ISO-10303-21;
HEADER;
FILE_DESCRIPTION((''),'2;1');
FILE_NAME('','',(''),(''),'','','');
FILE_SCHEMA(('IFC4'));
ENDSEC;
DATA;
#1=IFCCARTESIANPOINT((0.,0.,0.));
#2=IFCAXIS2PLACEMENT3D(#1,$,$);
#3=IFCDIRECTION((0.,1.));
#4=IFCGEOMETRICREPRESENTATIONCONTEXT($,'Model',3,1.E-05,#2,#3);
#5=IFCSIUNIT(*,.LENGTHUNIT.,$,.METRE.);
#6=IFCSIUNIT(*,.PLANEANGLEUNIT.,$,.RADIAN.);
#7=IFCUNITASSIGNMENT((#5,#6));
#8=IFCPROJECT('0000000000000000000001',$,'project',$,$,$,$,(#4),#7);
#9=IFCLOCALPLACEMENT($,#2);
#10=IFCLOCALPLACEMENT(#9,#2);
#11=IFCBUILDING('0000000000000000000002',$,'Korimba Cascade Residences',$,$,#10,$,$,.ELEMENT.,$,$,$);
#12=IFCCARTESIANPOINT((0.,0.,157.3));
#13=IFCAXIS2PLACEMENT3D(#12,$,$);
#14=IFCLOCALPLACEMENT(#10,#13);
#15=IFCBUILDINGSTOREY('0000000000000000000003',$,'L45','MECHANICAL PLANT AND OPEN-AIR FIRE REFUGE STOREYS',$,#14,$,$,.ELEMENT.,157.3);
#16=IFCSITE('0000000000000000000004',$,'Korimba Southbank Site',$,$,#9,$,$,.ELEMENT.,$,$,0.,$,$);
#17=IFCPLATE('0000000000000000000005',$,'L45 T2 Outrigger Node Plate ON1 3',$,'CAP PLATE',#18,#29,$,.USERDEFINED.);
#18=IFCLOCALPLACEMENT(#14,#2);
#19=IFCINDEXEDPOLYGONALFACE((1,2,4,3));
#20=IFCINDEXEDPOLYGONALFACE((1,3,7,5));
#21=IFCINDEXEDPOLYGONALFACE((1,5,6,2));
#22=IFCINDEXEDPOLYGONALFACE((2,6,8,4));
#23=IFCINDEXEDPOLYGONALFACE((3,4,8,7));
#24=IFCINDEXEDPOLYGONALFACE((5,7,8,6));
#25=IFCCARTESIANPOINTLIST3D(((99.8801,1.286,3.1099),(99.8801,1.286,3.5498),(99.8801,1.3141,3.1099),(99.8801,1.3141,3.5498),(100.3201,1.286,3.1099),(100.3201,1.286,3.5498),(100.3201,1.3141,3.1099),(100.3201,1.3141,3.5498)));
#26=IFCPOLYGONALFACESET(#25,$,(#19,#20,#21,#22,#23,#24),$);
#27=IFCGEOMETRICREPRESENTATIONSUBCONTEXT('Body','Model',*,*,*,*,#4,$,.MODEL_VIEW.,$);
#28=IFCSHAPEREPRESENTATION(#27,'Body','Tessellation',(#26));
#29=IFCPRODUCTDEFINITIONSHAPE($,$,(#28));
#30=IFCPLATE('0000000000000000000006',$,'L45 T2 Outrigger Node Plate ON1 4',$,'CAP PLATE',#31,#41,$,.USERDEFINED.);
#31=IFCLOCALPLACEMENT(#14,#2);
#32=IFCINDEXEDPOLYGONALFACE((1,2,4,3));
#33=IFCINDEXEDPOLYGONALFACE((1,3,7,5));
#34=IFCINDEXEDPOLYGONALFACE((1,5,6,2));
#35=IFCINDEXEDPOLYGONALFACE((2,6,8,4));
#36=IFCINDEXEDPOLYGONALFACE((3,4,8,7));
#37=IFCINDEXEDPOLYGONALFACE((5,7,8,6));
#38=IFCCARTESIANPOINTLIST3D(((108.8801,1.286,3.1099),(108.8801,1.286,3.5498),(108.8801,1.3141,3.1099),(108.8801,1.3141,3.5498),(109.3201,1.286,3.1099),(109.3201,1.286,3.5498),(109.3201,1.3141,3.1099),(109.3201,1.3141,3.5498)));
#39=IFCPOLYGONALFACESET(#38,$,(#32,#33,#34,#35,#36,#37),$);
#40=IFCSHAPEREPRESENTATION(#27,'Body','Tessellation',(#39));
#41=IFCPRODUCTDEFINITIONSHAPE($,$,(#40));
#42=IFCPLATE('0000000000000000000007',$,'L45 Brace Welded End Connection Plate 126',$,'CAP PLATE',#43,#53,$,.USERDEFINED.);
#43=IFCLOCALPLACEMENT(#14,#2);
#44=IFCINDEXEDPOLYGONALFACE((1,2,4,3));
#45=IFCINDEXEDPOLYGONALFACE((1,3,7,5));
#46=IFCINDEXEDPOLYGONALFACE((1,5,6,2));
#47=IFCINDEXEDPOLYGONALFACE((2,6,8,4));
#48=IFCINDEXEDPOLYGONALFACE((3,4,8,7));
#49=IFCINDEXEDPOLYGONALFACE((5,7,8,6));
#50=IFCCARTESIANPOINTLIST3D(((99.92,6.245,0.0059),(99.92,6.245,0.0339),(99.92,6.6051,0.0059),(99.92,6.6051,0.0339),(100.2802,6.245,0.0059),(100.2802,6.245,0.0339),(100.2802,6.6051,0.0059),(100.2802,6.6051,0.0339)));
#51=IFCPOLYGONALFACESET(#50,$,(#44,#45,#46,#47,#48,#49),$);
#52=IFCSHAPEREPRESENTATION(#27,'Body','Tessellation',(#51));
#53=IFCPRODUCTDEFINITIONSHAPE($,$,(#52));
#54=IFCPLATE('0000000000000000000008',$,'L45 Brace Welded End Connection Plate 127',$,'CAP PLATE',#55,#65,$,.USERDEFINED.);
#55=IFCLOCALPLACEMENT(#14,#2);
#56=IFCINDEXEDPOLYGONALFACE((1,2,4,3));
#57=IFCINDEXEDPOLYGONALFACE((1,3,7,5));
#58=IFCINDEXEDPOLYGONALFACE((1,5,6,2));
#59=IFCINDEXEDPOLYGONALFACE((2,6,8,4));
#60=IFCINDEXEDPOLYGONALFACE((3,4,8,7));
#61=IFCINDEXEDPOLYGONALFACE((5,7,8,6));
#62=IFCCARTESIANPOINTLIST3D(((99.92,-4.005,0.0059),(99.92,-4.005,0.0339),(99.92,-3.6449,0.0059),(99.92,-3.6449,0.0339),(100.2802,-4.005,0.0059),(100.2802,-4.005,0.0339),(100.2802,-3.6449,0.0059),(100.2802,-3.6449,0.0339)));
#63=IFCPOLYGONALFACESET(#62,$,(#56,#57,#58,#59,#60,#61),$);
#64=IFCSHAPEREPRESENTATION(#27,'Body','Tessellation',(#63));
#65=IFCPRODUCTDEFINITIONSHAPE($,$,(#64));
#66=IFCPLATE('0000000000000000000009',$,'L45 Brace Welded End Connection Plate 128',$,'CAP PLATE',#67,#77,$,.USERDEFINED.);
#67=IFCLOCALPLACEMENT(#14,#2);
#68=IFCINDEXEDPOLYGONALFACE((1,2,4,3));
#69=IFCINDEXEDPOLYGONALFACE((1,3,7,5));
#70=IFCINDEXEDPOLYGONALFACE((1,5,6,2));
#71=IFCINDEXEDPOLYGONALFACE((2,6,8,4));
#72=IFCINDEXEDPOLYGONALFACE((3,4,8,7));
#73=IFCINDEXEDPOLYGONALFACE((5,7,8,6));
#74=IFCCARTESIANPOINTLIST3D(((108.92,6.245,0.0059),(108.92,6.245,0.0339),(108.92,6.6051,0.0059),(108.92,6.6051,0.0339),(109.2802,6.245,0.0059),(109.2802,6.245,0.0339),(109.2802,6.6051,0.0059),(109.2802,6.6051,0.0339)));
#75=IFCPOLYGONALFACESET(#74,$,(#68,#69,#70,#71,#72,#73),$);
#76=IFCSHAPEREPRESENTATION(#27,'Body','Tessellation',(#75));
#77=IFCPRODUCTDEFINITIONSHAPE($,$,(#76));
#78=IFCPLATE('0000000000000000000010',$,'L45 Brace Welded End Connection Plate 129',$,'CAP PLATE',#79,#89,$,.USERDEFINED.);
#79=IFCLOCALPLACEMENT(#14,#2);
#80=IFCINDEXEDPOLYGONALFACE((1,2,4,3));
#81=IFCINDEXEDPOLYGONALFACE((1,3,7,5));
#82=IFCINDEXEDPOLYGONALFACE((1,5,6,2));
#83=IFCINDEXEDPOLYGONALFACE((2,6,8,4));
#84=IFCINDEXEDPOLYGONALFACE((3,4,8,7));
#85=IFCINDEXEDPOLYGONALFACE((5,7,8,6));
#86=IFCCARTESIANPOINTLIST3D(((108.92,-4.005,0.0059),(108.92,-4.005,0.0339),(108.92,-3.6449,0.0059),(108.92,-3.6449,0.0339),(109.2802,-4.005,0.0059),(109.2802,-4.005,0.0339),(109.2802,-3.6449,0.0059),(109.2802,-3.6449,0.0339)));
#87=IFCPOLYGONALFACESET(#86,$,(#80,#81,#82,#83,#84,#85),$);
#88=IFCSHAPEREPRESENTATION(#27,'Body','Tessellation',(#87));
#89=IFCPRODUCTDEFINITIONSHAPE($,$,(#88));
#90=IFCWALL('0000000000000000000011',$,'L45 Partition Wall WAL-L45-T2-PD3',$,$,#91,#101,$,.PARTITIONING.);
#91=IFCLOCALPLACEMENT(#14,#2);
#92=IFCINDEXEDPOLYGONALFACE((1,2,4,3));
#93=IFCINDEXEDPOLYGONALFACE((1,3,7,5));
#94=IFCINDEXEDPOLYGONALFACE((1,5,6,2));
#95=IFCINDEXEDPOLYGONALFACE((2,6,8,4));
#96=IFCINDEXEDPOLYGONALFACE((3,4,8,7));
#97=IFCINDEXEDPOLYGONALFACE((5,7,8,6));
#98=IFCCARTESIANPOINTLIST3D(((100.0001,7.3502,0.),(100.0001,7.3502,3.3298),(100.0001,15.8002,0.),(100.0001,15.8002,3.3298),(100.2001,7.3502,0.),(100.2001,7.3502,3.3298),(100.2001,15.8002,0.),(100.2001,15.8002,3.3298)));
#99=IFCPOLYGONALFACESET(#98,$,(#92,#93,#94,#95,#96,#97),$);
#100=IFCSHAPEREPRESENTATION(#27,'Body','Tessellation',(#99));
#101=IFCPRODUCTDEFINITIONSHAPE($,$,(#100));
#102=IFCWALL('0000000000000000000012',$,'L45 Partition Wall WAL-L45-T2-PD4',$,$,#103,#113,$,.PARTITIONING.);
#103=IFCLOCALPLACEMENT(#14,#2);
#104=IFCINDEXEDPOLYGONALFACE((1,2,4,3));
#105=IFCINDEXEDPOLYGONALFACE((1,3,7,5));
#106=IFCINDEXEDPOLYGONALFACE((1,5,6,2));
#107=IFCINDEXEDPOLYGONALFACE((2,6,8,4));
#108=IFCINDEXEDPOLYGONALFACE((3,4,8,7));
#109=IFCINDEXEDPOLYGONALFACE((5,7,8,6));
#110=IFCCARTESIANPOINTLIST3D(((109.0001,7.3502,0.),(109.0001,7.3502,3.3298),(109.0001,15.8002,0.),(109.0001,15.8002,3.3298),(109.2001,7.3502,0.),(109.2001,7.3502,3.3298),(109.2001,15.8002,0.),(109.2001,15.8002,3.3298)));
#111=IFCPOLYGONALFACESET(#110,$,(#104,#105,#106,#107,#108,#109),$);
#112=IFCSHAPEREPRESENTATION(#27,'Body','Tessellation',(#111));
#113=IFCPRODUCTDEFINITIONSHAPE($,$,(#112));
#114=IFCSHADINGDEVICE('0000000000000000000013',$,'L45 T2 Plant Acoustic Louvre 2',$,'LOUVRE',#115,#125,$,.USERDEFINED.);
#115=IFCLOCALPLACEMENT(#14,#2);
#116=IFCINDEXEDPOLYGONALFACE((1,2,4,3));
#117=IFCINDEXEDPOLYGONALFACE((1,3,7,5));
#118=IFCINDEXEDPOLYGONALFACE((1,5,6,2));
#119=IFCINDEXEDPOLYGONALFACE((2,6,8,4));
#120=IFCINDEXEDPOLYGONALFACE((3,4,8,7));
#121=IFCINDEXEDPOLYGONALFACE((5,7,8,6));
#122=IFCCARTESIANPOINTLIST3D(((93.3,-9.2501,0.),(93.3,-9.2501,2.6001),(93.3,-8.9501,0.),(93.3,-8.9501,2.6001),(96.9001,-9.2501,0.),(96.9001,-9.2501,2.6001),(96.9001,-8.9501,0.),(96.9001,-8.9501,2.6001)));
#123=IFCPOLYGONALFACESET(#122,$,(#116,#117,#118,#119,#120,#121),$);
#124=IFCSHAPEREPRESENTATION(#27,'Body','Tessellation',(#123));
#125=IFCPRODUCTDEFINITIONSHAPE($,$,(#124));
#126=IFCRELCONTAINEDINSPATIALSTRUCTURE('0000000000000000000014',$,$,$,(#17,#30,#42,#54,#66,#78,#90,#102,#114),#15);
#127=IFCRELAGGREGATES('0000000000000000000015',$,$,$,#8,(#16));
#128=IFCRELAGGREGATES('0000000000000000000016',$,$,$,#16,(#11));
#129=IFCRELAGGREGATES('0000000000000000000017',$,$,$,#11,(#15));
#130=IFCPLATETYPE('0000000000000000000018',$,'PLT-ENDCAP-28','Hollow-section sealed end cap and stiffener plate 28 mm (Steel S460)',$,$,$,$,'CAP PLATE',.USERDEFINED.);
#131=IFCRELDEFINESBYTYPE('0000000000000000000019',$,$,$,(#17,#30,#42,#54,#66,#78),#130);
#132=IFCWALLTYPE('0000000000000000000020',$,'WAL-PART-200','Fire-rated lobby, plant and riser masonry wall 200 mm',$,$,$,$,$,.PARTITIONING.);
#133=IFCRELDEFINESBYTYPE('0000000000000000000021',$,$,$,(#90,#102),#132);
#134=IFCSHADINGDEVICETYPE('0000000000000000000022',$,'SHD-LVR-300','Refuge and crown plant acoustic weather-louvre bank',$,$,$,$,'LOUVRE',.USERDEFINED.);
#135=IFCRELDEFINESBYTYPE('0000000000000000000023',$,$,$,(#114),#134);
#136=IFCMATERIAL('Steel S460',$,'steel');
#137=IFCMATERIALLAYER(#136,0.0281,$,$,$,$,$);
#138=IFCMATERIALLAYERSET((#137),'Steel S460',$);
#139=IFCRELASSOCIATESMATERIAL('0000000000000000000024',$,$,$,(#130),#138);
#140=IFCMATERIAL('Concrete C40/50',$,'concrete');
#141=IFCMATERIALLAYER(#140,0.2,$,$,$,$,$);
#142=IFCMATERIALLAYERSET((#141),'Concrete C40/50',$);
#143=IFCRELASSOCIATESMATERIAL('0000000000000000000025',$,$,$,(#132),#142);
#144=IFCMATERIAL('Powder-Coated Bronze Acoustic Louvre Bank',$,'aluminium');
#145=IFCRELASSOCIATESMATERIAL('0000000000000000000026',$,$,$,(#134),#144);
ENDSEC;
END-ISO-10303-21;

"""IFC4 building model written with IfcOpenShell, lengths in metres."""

from ifc_helpers import new_model, si_unit, direction, frame, frame_2d, origin, origin_2d, place, context, subcontext, project, spatial, rectangle, extrude, material, layer, layer_set, type_object, element, save


model = new_model("IFC4")

# Units and contexts
model_context = context("Model", 3, precision=1e-05, world=origin(), true_north=direction((0.0, 1.0)))
body_context = subcontext(model_context, "Body", "Model", "MODEL_VIEW")
ifc_project = project(units=[si_unit("LENGTHUNIT", "METRE"), si_unit("PLANEANGLEUNIT", "RADIAN")], contexts=[model_context])

# Site, building, storey
site_placement = place(None, origin())
site = spatial("IfcSite", under=ifc_project, at=site_placement, Name="Korimba Southbank Site", CompositionType="ELEMENT", RefElevation=0.0)
building_placement = place(site_placement, origin())
building = spatial("IfcBuilding", under=site, at=building_placement, Name="Korimba Cascade Residences", CompositionType="ELEMENT")
storey_placement = place(building_placement, frame((0.0, 0.0, 157.3)))
storey = spatial("IfcBuildingStorey", under=building, at=storey_placement, Name="L45", Description="MECHANICAL PLANT AND OPEN-AIR FIRE REFUGE STOREYS", CompositionType="ELEMENT", Elevation=157.3)

# Shared definitions
ifc_material_1 = material(Name="Steel S460", Category="steel")

# Plates
ifc_layer_1 = layer(ifc_material_1, 0.0281)
ifc_layer_set_1 = layer_set([ifc_layer_1], Name="Steel S460")
plate_type = type_object("IfcPlateType", Name="PLT-ENDCAP-28", Description="Hollow-section sealed end cap and stiffener plate 28 mm (Steel S460)", ElementType="CAP PLATE", PredefinedType="USERDEFINED", material=ifc_layer_set_1)
for number, where, z_axis, x_axis, name in (
    (1, (100.1001, 1.3, 3.1099), (0.0, 0.0, 1.0), (1.0, 0.0, 0.0), "L45 T2 Outrigger Node Plate ON1 3"),
    (2, (109.1001, 1.3, 3.1099), (0.0, 0.0, 1.0), (1.0, 0.0, 0.0), "L45 T2 Outrigger Node Plate ON1 4"),
):
    element("IfcPlate", number, at=place(storey_placement, frame(where, z_axis=z_axis, x_axis=x_axis)), inside=storey, type_object=plate_type, Name=name, ObjectType="CAP PLATE", PredefinedType="USERDEFINED", context=body_context, shape_type="SweptSolid", body=[
        extrude(rectangle(XDim=0.4399, YDim=0.0281, at=origin_2d()), origin(), (0.0, 0.0, 1.0), 0.4399),
    ])
for number, where, z_axis, x_axis, name in (
    (3, (100.1001, 6.425, 0.0059), (0.0, 0.0, 1.0), (1.0, 0.0, 0.0), "L45 Brace Welded End Connection Plate 126"),
    (4, (100.1001, -3.825, 0.0059), (0.0, 0.0, 1.0), (1.0, 0.0, 0.0), "L45 Brace Welded End Connection Plate 127"),
    (5, (109.1001, 6.425, 0.0059), (0.0, 0.0, 1.0), (1.0, 0.0, 0.0), "L45 Brace Welded End Connection Plate 128"),
    (6, (109.1001, -3.825, 0.0059), (0.0, 0.0, 1.0), (1.0, 0.0, 0.0), "L45 Brace Welded End Connection Plate 129"),
):
    element("IfcPlate", number, at=place(storey_placement, frame(where, z_axis=z_axis, x_axis=x_axis)), inside=storey, type_object=plate_type, Name=name, ObjectType="CAP PLATE", PredefinedType="USERDEFINED", context=body_context, shape_type="SweptSolid", body=[
        extrude(rectangle(XDim=0.3601, YDim=0.3601, at=origin_2d()), origin(), (0.0, 0.0, 1.0), 0.0281),
    ])

# Walls
ifc_material_2 = material(Name="Concrete C40/50", Category="concrete")
ifc_layer_2 = layer(ifc_material_2, 0.2)
ifc_layer_set_2 = layer_set([ifc_layer_2], Name="Concrete C40/50")
wall_type = type_object("IfcWallType", Name="WAL-PART-200", Description="Fire-rated lobby, plant and riser masonry wall 200 mm", PredefinedType="PARTITIONING", material=ifc_layer_set_2)
for number, where, z_axis, x_axis, name in (
    (7, (100.1001, 7.3501, 0.0), (0.0, 0.0, 1.0), (0.0, 1.0, 0.0), "L45 Partition Wall WAL-L45-T2-PD3"),
    (8, (109.1001, 7.3501, 0.0), (0.0, 0.0, 1.0), (0.0, 1.0, 0.0), "L45 Partition Wall WAL-L45-T2-PD4"),
):
    element("IfcWall", number, at=place(storey_placement, frame(where, z_axis=z_axis, x_axis=x_axis)), inside=storey, type_object=wall_type, Name=name, PredefinedType="PARTITIONING", context=body_context, shape_type="SweptSolid", body=[
        extrude(rectangle(XDim=8.45, YDim=0.2, at=frame_2d((4.2251, 0.0))), origin(), (0.0, 0.0, 1.0), 3.3298),
    ])

# Shading device
ifc_material_3 = material(Name="Powder-Coated Bronze Acoustic Louvre Bank", Category="aluminium")
shading_device_type = type_object("IfcShadingDeviceType", Name="SHD-LVR-300", Description="Refuge and crown plant acoustic weather-louvre bank", ElementType="LOUVRE", PredefinedType="USERDEFINED", material=ifc_material_3)
shading_device_placement = place(storey_placement, frame((95.1001, -9.1001, 0.0), z_axis=(0.0, 0.0, 1.0), x_axis=(1.0, 0.0, 0.0)))
element("IfcShadingDevice", 9, at=shading_device_placement, inside=storey, type_object=shading_device_type, Name="L45 T2 Plant Acoustic Louvre 2", ObjectType="LOUVRE", PredefinedType="USERDEFINED", context=body_context, shape_type="SweptSolid", body=[
    extrude(rectangle(XDim=3.6001, YDim=0.3, at=origin_2d()), origin(), (0.0, 0.0, 1.0), 2.6001),
])

save(model, "model.ifc")
